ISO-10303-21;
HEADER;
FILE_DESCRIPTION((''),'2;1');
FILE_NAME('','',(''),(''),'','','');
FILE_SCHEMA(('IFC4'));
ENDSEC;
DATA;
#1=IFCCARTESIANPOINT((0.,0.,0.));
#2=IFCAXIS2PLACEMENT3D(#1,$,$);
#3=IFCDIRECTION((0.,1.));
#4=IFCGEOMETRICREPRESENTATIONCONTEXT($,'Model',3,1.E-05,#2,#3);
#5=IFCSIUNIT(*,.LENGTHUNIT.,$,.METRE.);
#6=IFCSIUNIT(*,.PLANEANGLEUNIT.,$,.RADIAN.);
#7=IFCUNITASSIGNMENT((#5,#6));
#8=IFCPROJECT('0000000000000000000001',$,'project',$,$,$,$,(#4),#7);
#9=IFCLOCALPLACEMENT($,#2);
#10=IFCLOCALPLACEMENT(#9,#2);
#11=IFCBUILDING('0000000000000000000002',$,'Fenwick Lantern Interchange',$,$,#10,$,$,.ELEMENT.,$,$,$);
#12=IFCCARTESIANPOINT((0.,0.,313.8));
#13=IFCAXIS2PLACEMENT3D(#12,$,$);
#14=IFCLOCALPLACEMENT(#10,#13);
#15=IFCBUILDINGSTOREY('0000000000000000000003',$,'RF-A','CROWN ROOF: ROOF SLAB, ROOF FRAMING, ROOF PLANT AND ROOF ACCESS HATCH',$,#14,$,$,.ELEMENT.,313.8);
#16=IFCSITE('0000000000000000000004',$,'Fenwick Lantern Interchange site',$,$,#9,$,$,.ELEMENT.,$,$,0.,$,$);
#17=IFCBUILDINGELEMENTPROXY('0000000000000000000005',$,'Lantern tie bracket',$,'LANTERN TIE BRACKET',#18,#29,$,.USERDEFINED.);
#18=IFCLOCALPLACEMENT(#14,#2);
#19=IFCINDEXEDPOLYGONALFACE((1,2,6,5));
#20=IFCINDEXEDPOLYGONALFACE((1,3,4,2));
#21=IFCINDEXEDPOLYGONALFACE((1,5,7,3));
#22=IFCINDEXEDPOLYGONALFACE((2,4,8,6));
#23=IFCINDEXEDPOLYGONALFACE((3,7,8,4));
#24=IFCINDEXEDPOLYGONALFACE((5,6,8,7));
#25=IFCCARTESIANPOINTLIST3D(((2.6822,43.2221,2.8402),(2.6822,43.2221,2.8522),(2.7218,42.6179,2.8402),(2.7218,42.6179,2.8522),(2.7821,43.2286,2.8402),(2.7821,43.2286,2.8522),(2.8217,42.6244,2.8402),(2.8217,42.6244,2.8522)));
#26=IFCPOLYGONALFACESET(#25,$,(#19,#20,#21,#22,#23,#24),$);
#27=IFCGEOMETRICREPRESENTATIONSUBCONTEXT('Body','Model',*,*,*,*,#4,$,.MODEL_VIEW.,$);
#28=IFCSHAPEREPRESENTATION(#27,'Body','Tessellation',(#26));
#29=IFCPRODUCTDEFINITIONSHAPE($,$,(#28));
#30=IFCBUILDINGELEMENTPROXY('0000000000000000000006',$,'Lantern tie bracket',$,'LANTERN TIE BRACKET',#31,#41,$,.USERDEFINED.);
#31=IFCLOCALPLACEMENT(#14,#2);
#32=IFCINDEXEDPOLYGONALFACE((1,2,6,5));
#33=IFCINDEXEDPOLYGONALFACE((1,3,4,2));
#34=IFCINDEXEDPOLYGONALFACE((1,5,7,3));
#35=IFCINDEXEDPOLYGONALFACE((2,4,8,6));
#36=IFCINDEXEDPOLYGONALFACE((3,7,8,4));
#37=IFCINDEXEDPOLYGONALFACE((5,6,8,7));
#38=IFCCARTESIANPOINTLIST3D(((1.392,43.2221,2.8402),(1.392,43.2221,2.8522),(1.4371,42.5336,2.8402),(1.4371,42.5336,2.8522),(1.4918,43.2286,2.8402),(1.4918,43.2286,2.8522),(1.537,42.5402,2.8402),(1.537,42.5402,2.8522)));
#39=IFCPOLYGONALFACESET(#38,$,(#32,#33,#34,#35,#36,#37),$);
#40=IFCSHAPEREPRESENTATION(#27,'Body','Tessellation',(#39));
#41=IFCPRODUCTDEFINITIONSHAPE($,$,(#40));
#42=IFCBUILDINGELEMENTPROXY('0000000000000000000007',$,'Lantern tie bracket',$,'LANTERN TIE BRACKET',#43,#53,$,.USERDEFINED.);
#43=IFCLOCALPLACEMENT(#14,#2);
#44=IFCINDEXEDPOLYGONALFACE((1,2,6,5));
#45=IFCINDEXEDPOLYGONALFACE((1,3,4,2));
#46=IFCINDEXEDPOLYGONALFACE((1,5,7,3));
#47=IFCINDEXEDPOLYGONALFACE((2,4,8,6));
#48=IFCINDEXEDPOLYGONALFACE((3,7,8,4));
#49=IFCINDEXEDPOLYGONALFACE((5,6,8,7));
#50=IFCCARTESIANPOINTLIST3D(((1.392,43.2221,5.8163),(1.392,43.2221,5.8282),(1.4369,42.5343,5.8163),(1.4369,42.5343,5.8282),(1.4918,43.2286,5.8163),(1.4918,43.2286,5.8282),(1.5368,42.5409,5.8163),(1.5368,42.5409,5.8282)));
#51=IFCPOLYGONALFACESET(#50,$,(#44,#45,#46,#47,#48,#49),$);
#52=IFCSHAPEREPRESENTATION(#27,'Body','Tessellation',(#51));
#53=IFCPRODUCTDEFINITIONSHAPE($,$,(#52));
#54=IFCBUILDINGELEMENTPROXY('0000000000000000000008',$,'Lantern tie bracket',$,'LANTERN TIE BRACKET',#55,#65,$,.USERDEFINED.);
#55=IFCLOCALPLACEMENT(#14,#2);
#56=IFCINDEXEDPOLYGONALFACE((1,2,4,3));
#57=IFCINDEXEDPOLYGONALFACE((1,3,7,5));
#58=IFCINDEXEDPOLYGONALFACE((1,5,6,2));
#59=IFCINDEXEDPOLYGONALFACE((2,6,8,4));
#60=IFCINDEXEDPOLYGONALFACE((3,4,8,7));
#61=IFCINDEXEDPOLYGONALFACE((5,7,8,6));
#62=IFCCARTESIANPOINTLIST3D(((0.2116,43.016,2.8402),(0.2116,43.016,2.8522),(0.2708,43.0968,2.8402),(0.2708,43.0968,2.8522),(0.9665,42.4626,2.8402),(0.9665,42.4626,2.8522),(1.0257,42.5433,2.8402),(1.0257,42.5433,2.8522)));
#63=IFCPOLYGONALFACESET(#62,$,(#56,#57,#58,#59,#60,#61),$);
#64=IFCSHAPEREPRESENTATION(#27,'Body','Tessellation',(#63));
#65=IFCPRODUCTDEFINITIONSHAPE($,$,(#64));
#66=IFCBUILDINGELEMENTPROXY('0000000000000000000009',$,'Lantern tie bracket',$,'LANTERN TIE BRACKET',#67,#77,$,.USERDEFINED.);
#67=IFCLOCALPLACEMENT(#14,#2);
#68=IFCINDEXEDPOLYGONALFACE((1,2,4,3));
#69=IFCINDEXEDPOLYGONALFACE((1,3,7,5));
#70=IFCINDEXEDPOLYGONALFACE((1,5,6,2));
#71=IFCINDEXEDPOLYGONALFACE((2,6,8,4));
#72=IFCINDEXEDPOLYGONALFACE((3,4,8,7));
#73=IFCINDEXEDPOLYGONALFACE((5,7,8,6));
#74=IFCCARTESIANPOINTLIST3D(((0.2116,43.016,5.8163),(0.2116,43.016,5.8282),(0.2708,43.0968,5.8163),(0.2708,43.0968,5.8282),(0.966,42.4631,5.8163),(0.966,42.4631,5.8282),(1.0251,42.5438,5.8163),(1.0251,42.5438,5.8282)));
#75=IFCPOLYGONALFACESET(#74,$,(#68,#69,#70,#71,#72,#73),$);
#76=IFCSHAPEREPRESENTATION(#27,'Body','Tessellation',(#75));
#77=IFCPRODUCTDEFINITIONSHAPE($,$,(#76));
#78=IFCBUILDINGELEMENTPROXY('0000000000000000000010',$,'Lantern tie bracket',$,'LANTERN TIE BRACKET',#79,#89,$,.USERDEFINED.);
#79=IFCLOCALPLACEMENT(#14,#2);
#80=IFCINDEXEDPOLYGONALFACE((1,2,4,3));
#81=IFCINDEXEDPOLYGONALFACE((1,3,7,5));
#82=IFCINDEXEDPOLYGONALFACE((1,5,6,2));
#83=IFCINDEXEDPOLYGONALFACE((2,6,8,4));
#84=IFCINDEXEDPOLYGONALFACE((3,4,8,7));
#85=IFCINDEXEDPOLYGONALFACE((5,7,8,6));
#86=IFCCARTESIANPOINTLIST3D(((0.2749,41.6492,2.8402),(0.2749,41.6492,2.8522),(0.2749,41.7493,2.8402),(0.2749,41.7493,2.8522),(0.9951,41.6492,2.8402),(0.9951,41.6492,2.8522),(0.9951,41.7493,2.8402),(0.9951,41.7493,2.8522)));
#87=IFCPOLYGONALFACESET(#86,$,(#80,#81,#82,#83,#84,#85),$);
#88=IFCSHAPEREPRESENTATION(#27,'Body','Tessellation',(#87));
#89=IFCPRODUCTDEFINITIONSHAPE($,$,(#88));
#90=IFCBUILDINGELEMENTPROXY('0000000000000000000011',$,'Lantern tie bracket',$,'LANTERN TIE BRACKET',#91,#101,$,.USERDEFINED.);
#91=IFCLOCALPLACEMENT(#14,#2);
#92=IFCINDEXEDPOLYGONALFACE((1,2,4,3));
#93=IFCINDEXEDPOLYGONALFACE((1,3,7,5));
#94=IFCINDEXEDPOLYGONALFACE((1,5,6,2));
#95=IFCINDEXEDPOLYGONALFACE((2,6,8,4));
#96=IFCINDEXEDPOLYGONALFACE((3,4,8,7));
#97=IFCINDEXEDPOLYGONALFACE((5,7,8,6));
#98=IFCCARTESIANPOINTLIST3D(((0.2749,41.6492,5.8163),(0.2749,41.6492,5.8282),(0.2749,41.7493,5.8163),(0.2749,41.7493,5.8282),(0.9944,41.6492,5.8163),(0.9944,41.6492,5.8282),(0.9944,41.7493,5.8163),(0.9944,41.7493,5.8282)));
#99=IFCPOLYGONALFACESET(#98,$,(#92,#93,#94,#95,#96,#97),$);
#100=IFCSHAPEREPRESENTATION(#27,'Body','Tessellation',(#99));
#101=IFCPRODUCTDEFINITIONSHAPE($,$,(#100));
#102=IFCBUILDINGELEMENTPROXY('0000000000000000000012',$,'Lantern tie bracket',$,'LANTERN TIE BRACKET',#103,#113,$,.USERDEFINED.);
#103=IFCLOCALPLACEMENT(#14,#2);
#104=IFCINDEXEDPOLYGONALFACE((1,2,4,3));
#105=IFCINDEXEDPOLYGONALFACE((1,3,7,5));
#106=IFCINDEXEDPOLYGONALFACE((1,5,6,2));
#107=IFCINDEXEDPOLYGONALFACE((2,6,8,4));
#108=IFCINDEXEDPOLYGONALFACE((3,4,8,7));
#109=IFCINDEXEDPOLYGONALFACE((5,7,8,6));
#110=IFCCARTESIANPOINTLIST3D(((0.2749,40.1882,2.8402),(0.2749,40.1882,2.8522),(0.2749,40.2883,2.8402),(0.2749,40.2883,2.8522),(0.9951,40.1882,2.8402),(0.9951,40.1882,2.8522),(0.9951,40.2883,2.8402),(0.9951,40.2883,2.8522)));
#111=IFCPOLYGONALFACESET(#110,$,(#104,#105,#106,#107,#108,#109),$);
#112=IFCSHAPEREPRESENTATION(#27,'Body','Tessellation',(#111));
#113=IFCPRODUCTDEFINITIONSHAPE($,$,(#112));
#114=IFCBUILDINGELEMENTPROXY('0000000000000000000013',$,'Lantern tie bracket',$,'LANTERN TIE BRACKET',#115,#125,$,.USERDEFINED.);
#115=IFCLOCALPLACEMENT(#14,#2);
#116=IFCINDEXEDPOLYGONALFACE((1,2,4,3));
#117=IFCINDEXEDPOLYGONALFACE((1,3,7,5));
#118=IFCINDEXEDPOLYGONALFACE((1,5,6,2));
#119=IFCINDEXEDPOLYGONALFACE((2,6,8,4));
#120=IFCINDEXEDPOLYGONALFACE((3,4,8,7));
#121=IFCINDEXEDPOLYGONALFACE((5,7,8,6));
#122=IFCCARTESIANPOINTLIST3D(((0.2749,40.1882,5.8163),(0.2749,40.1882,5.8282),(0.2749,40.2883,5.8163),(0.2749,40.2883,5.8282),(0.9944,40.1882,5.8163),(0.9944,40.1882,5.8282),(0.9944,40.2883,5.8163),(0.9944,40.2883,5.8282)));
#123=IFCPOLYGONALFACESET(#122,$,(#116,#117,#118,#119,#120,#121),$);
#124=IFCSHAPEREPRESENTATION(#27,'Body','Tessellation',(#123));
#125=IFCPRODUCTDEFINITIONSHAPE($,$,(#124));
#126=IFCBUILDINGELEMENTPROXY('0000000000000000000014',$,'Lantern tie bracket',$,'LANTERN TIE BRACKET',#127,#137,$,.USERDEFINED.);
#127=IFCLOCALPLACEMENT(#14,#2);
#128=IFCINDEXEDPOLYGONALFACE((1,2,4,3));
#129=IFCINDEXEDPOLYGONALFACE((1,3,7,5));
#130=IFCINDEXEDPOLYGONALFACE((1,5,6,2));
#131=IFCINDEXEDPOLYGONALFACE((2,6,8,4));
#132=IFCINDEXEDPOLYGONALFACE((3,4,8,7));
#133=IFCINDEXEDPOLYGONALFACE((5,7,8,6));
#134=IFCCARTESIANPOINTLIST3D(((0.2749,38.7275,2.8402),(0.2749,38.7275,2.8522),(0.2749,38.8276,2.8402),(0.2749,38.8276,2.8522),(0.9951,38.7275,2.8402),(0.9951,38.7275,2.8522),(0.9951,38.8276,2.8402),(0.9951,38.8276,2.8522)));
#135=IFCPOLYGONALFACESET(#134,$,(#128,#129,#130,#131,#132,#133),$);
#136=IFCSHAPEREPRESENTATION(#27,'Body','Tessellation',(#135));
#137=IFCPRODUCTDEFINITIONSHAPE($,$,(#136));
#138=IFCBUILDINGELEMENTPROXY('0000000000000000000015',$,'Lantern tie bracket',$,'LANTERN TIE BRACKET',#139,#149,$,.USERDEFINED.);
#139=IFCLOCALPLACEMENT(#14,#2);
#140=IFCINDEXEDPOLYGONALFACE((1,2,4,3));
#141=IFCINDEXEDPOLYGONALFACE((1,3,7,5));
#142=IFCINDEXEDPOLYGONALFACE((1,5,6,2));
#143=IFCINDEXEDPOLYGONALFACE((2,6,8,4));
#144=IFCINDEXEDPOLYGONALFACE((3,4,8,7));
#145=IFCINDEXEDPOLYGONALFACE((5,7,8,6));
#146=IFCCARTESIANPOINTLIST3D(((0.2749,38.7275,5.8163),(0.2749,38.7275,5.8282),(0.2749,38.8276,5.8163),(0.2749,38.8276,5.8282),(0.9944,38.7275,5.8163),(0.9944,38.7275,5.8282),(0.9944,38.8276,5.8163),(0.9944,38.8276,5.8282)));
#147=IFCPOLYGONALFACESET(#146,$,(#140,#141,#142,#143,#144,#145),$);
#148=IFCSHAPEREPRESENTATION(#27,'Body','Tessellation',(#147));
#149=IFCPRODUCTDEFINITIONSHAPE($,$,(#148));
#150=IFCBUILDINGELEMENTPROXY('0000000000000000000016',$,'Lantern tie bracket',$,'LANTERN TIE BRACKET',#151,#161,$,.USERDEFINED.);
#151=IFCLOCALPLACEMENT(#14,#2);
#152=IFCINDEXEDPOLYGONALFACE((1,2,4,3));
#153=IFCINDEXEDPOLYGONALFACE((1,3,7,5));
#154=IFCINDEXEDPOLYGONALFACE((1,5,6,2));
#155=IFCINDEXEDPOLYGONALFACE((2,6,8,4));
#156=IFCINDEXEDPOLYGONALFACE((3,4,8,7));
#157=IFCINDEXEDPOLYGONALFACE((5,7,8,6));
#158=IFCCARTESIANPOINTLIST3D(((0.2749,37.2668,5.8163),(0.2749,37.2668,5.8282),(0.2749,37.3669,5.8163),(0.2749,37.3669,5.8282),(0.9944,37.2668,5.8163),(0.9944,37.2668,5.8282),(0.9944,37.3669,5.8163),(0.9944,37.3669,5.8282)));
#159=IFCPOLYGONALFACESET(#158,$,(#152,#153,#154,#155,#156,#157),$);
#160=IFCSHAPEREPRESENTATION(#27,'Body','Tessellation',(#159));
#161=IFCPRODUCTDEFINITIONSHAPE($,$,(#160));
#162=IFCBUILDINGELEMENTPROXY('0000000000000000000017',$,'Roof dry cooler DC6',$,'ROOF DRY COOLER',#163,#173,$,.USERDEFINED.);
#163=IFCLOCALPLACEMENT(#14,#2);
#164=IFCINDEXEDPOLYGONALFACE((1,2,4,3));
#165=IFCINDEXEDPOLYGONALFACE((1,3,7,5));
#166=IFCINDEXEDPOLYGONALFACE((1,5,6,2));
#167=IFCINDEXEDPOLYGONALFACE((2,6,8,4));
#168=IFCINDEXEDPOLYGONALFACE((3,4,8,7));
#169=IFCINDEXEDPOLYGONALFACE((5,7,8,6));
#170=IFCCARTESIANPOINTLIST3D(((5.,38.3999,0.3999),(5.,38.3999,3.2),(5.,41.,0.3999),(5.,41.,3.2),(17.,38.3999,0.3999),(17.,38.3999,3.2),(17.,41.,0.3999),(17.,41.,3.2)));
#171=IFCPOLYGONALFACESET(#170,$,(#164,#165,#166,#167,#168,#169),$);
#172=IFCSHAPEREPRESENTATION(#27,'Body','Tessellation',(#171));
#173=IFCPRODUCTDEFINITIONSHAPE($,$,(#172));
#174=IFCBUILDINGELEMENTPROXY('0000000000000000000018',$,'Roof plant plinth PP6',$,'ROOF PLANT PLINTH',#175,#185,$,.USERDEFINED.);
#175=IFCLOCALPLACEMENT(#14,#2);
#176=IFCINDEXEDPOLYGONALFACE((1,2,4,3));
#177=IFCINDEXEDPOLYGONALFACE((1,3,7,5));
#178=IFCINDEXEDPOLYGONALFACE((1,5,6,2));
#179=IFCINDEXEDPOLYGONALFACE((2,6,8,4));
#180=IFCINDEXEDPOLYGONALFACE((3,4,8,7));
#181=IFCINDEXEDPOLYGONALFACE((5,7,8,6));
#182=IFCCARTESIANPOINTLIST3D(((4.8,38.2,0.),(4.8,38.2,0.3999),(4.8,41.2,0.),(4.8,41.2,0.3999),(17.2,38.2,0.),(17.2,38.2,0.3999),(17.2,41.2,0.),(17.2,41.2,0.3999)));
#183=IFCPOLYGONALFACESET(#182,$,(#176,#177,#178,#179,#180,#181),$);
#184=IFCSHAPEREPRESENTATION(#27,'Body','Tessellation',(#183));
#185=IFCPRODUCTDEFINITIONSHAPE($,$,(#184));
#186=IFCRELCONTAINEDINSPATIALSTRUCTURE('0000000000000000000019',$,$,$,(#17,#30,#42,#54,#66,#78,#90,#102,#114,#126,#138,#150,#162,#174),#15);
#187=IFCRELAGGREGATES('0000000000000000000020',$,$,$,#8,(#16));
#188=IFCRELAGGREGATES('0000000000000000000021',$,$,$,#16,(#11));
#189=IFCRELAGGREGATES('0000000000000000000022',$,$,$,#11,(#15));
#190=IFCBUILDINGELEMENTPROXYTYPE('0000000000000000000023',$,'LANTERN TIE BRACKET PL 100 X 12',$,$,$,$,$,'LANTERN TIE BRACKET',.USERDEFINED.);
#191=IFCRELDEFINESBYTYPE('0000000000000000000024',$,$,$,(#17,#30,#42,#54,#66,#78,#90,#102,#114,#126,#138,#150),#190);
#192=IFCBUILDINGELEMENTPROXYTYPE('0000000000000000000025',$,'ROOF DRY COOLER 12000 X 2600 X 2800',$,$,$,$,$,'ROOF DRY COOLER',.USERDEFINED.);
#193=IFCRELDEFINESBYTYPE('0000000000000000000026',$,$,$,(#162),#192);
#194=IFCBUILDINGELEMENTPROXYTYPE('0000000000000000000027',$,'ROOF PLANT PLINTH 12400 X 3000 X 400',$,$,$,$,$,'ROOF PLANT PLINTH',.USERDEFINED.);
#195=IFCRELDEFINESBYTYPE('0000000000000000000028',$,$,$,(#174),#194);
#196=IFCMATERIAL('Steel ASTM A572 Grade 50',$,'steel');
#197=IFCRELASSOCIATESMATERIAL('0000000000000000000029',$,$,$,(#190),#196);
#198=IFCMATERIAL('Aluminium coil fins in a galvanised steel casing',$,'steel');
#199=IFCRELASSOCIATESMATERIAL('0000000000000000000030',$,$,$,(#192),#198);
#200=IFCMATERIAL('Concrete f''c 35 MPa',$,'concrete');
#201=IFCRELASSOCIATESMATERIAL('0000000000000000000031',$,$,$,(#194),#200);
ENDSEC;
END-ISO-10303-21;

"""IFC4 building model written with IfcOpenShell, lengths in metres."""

from ifc_helpers import new_model, si_unit, direction, frame, origin, origin_2d, place, context, subcontext, project, spatial, rectangle, extrude, material, material_profile, profile_set, type_object, element, save


model = new_model("IFC4")

# Units and contexts
model_context = context("Model", 3, precision=1e-05, world=origin(), true_north=direction((0.0, 1.0)))
body_context = subcontext(model_context, "Body", "Model", "MODEL_VIEW")
ifc_project = project(units=[si_unit("LENGTHUNIT", "METRE"), si_unit("PLANEANGLEUNIT", "RADIAN")], contexts=[model_context])

# Site, building, storey
site_placement = place(None, origin())
site = spatial("IfcSite", under=ifc_project, at=site_placement, Name="Fenwick Lantern Interchange site", CompositionType="ELEMENT", RefElevation=0.0)
building_placement = place(site_placement, origin())
building = spatial("IfcBuilding", under=site, at=building_placement, Name="Fenwick Lantern Interchange", CompositionType="ELEMENT")
storey_placement = place(building_placement, frame((0.0, 0.0, 313.8)))
storey = spatial("IfcBuildingStorey", under=building, at=storey_placement, Name="RF-A", Description="CROWN ROOF: ROOF SLAB, ROOF FRAMING, ROOF PLANT AND ROOF ACCESS HATCH", CompositionType="ELEMENT", Elevation=313.8)

# Building element proxies
ifc_material_1 = material(Name="Steel ASTM A572 Grade 50", Category="steel")
ifc_material_profile_1 = material_profile(ifc_material_1, rectangle(XDim=0.1001, YDim=0.012, at=origin_2d()), Name="PL100X12")
ifc_profile_set_1 = profile_set([ifc_material_profile_1], Name="Steel ASTM A572 Grade 50")
building_element_proxy_type_1 = type_object("IfcBuildingElementProxyType", Name="LANTERN TIE BRACKET PL 100 X 12", ElementType="LANTERN TIE BRACKET", PredefinedType="USERDEFINED", material=ifc_profile_set_1)
proxy_1_placement = place(storey_placement, frame((2.7322, 43.2253, 2.8462), z_axis=(0.065315, -0.997865, 0.0), x_axis=(0.997865, 0.065315, 0.0)))
element("IfcBuildingElementProxy", 1, at=proxy_1_placement, inside=storey, type_object=building_element_proxy_type_1, Name="Lantern tie bracket", ObjectType="LANTERN TIE BRACKET", PredefinedType="USERDEFINED", context=body_context, shape_type="SweptSolid", body=[
    extrude(rectangle(XDim=0.1001, YDim=0.012, at=origin_2d()), origin(), (0.0, 0.0, 1.0), 0.6055),
])
proxy_2_placement = place(storey_placement, frame((1.4419, 43.2253, 2.8462), z_axis=(0.065462, -0.997855, 0.0), x_axis=(0.997855, 0.065462, 0.0)))
element("IfcBuildingElementProxy", 2, at=proxy_2_placement, inside=storey, type_object=building_element_proxy_type_1, Name="Lantern tie bracket", ObjectType="LANTERN TIE BRACKET", PredefinedType="USERDEFINED", context=body_context, shape_type="SweptSolid", body=[
    extrude(rectangle(XDim=0.1001, YDim=0.012, at=origin_2d()), origin(), (0.0, 0.0, 1.0), 0.6899),
])
proxy_3_placement = place(storey_placement, frame((1.4419, 43.2253, 5.8223), z_axis=(0.065179, -0.997874, 0.0), x_axis=(0.997874, 0.065179, 0.0)))
element("IfcBuildingElementProxy", 3, at=proxy_3_placement, inside=storey, type_object=building_element_proxy_type_1, Name="Lantern tie bracket", ObjectType="LANTERN TIE BRACKET", PredefinedType="USERDEFINED", context=body_context, shape_type="SweptSolid", body=[
    extrude(rectangle(XDim=0.1001, YDim=0.012, at=origin_2d()), origin(), (0.0, 0.0, 1.0), 0.6892),
])
proxy_4_placement = place(storey_placement, frame((0.2412, 43.0564, 2.8462), z_axis=(0.806463, -0.591285, 0.0), x_axis=(0.591285, 0.806463, 0.0)))
element("IfcBuildingElementProxy", 4, at=proxy_4_placement, inside=storey, type_object=building_element_proxy_type_1, Name="Lantern tie bracket", ObjectType="LANTERN TIE BRACKET", PredefinedType="USERDEFINED", context=body_context, shape_type="SweptSolid", body=[
    extrude(rectangle(XDim=0.1001, YDim=0.012, at=origin_2d()), origin(), (0.0, 0.0, 1.0), 0.936),
])
proxy_5_placement = place(storey_placement, frame((0.2412, 43.0564, 5.8223), z_axis=(0.806529, -0.591194, 0.0), x_axis=(0.591194, 0.806529, 0.0)))
element("IfcBuildingElementProxy", 5, at=proxy_5_placement, inside=storey, type_object=building_element_proxy_type_1, Name="Lantern tie bracket", ObjectType="LANTERN TIE BRACKET", PredefinedType="USERDEFINED", context=body_context, shape_type="SweptSolid", body=[
    extrude(rectangle(XDim=0.1001, YDim=0.012, at=origin_2d()), origin(), (0.0, 0.0, 1.0), 0.9353),
])
proxy_6_placement = place(storey_placement, frame((0.2749, 41.6992, 2.8462), z_axis=(1.0, 0.0, 0.0), x_axis=(0.0, 1.0, 0.0)))
element("IfcBuildingElementProxy", 6, at=proxy_6_placement, inside=storey, type_object=building_element_proxy_type_1, Name="Lantern tie bracket", ObjectType="LANTERN TIE BRACKET", PredefinedType="USERDEFINED", context=body_context, shape_type="SweptSolid", body=[
    extrude(rectangle(XDim=0.1001, YDim=0.012, at=origin_2d()), origin(), (0.0, 0.0, 1.0), 0.7202),
])
proxy_7_placement = place(storey_placement, frame((0.2749, 41.6992, 5.8223), z_axis=(1.0, 0.0, 0.0), x_axis=(0.0, 1.0, 0.0)))
element("IfcBuildingElementProxy", 7, at=proxy_7_placement, inside=storey, type_object=building_element_proxy_type_1, Name="Lantern tie bracket", ObjectType="LANTERN TIE BRACKET", PredefinedType="USERDEFINED", context=body_context, shape_type="SweptSolid", body=[
    extrude(rectangle(XDim=0.1001, YDim=0.012, at=origin_2d()), origin(), (0.0, 0.0, 1.0), 0.7195),
])
proxy_8_placement = place(storey_placement, frame((0.2749, 40.2383, 2.8462), z_axis=(1.0, 0.0, 0.0), x_axis=(0.0, 1.0, 0.0)))
element("IfcBuildingElementProxy", 8, at=proxy_8_placement, inside=storey, type_object=building_element_proxy_type_1, Name="Lantern tie bracket", ObjectType="LANTERN TIE BRACKET", PredefinedType="USERDEFINED", context=body_context, shape_type="SweptSolid", body=[
    extrude(rectangle(XDim=0.1001, YDim=0.012, at=origin_2d()), origin(), (0.0, 0.0, 1.0), 0.7202),
])
proxy_9_placement = place(storey_placement, frame((0.2749, 40.2383, 5.8223), z_axis=(1.0, 0.0, 0.0), x_axis=(0.0, 1.0, 0.0)))
element("IfcBuildingElementProxy", 9, at=proxy_9_placement, inside=storey, type_object=building_element_proxy_type_1, Name="Lantern tie bracket", ObjectType="LANTERN TIE BRACKET", PredefinedType="USERDEFINED", context=body_context, shape_type="SweptSolid", body=[
    extrude(rectangle(XDim=0.1001, YDim=0.012, at=origin_2d()), origin(), (0.0, 0.0, 1.0), 0.7195),
])
proxy_10_placement = place(storey_placement, frame((0.2749, 38.7776, 2.8462), z_axis=(1.0, 0.0, 0.0), x_axis=(0.0, 1.0, 0.0)))
element("IfcBuildingElementProxy", 10, at=proxy_10_placement, inside=storey, type_object=building_element_proxy_type_1, Name="Lantern tie bracket", ObjectType="LANTERN TIE BRACKET", PredefinedType="USERDEFINED", context=body_context, shape_type="SweptSolid", body=[
    extrude(rectangle(XDim=0.1001, YDim=0.012, at=origin_2d()), origin(), (0.0, 0.0, 1.0), 0.7202),
])
for number, where, z_axis, x_axis, name in (
    (11, (0.2749, 38.7776, 5.8223), (1.0, 0.0, 0.0), (0.0, 1.0, 0.0), "Lantern tie bracket"),
    (12, (0.2749, 37.3169, 5.8223), (1.0, 0.0, 0.0), (0.0, 1.0, 0.0), "Lantern tie bracket"),
):
    element("IfcBuildingElementProxy", number, at=place(storey_placement, frame(where, z_axis=z_axis, x_axis=x_axis)), inside=storey, type_object=building_element_proxy_type_1, Name=name, ObjectType="LANTERN TIE BRACKET", PredefinedType="USERDEFINED", context=body_context, shape_type="SweptSolid", body=[
        extrude(rectangle(XDim=0.1001, YDim=0.012, at=origin_2d()), origin(), (0.0, 0.0, 1.0), 0.7195),
    ])
ifc_material_2 = material(Name="Aluminium coil fins in a galvanised steel casing", Category="steel")
building_element_proxy_type_2 = type_object("IfcBuildingElementProxyType", Name="ROOF DRY COOLER 12000 X 2600 X 2800", ElementType="ROOF DRY COOLER", PredefinedType="USERDEFINED", material=ifc_material_2)
proxy_11_placement = place(storey_placement, frame((11.0, 39.7, 0.3999), z_axis=(0.0, 0.0, 1.0), x_axis=(1.0, 0.0, 0.0)))
element("IfcBuildingElementProxy", 13, at=proxy_11_placement, inside=storey, type_object=building_element_proxy_type_2, Name="Roof dry cooler DC6", ObjectType="ROOF DRY COOLER", PredefinedType="USERDEFINED", context=body_context, shape_type="SweptSolid", body=[
    extrude(rectangle(XDim=12.0, YDim=2.6001, at=origin_2d()), origin(), (0.0, 0.0, 1.0), 2.8),
])
ifc_material_3 = material(Name="Concrete f'c 35 MPa", Category="concrete")
building_element_proxy_type_3 = type_object("IfcBuildingElementProxyType", Name="ROOF PLANT PLINTH 12400 X 3000 X 400", ElementType="ROOF PLANT PLINTH", PredefinedType="USERDEFINED", material=ifc_material_3)
proxy_12_placement = place(storey_placement, frame((11.0, 39.7, 0.0), z_axis=(0.0, 0.0, 1.0), x_axis=(1.0, 0.0, 0.0)))
element("IfcBuildingElementProxy", 14, at=proxy_12_placement, inside=storey, type_object=building_element_proxy_type_3, Name="Roof plant plinth PP6", ObjectType="ROOF PLANT PLINTH", PredefinedType="USERDEFINED", context=body_context, shape_type="SweptSolid", body=[
    extrude(rectangle(XDim=12.3999, YDim=3.0, at=origin_2d()), origin(), (0.0, 0.0, 1.0), 0.3999),
])

save(model, "model.ifc")
